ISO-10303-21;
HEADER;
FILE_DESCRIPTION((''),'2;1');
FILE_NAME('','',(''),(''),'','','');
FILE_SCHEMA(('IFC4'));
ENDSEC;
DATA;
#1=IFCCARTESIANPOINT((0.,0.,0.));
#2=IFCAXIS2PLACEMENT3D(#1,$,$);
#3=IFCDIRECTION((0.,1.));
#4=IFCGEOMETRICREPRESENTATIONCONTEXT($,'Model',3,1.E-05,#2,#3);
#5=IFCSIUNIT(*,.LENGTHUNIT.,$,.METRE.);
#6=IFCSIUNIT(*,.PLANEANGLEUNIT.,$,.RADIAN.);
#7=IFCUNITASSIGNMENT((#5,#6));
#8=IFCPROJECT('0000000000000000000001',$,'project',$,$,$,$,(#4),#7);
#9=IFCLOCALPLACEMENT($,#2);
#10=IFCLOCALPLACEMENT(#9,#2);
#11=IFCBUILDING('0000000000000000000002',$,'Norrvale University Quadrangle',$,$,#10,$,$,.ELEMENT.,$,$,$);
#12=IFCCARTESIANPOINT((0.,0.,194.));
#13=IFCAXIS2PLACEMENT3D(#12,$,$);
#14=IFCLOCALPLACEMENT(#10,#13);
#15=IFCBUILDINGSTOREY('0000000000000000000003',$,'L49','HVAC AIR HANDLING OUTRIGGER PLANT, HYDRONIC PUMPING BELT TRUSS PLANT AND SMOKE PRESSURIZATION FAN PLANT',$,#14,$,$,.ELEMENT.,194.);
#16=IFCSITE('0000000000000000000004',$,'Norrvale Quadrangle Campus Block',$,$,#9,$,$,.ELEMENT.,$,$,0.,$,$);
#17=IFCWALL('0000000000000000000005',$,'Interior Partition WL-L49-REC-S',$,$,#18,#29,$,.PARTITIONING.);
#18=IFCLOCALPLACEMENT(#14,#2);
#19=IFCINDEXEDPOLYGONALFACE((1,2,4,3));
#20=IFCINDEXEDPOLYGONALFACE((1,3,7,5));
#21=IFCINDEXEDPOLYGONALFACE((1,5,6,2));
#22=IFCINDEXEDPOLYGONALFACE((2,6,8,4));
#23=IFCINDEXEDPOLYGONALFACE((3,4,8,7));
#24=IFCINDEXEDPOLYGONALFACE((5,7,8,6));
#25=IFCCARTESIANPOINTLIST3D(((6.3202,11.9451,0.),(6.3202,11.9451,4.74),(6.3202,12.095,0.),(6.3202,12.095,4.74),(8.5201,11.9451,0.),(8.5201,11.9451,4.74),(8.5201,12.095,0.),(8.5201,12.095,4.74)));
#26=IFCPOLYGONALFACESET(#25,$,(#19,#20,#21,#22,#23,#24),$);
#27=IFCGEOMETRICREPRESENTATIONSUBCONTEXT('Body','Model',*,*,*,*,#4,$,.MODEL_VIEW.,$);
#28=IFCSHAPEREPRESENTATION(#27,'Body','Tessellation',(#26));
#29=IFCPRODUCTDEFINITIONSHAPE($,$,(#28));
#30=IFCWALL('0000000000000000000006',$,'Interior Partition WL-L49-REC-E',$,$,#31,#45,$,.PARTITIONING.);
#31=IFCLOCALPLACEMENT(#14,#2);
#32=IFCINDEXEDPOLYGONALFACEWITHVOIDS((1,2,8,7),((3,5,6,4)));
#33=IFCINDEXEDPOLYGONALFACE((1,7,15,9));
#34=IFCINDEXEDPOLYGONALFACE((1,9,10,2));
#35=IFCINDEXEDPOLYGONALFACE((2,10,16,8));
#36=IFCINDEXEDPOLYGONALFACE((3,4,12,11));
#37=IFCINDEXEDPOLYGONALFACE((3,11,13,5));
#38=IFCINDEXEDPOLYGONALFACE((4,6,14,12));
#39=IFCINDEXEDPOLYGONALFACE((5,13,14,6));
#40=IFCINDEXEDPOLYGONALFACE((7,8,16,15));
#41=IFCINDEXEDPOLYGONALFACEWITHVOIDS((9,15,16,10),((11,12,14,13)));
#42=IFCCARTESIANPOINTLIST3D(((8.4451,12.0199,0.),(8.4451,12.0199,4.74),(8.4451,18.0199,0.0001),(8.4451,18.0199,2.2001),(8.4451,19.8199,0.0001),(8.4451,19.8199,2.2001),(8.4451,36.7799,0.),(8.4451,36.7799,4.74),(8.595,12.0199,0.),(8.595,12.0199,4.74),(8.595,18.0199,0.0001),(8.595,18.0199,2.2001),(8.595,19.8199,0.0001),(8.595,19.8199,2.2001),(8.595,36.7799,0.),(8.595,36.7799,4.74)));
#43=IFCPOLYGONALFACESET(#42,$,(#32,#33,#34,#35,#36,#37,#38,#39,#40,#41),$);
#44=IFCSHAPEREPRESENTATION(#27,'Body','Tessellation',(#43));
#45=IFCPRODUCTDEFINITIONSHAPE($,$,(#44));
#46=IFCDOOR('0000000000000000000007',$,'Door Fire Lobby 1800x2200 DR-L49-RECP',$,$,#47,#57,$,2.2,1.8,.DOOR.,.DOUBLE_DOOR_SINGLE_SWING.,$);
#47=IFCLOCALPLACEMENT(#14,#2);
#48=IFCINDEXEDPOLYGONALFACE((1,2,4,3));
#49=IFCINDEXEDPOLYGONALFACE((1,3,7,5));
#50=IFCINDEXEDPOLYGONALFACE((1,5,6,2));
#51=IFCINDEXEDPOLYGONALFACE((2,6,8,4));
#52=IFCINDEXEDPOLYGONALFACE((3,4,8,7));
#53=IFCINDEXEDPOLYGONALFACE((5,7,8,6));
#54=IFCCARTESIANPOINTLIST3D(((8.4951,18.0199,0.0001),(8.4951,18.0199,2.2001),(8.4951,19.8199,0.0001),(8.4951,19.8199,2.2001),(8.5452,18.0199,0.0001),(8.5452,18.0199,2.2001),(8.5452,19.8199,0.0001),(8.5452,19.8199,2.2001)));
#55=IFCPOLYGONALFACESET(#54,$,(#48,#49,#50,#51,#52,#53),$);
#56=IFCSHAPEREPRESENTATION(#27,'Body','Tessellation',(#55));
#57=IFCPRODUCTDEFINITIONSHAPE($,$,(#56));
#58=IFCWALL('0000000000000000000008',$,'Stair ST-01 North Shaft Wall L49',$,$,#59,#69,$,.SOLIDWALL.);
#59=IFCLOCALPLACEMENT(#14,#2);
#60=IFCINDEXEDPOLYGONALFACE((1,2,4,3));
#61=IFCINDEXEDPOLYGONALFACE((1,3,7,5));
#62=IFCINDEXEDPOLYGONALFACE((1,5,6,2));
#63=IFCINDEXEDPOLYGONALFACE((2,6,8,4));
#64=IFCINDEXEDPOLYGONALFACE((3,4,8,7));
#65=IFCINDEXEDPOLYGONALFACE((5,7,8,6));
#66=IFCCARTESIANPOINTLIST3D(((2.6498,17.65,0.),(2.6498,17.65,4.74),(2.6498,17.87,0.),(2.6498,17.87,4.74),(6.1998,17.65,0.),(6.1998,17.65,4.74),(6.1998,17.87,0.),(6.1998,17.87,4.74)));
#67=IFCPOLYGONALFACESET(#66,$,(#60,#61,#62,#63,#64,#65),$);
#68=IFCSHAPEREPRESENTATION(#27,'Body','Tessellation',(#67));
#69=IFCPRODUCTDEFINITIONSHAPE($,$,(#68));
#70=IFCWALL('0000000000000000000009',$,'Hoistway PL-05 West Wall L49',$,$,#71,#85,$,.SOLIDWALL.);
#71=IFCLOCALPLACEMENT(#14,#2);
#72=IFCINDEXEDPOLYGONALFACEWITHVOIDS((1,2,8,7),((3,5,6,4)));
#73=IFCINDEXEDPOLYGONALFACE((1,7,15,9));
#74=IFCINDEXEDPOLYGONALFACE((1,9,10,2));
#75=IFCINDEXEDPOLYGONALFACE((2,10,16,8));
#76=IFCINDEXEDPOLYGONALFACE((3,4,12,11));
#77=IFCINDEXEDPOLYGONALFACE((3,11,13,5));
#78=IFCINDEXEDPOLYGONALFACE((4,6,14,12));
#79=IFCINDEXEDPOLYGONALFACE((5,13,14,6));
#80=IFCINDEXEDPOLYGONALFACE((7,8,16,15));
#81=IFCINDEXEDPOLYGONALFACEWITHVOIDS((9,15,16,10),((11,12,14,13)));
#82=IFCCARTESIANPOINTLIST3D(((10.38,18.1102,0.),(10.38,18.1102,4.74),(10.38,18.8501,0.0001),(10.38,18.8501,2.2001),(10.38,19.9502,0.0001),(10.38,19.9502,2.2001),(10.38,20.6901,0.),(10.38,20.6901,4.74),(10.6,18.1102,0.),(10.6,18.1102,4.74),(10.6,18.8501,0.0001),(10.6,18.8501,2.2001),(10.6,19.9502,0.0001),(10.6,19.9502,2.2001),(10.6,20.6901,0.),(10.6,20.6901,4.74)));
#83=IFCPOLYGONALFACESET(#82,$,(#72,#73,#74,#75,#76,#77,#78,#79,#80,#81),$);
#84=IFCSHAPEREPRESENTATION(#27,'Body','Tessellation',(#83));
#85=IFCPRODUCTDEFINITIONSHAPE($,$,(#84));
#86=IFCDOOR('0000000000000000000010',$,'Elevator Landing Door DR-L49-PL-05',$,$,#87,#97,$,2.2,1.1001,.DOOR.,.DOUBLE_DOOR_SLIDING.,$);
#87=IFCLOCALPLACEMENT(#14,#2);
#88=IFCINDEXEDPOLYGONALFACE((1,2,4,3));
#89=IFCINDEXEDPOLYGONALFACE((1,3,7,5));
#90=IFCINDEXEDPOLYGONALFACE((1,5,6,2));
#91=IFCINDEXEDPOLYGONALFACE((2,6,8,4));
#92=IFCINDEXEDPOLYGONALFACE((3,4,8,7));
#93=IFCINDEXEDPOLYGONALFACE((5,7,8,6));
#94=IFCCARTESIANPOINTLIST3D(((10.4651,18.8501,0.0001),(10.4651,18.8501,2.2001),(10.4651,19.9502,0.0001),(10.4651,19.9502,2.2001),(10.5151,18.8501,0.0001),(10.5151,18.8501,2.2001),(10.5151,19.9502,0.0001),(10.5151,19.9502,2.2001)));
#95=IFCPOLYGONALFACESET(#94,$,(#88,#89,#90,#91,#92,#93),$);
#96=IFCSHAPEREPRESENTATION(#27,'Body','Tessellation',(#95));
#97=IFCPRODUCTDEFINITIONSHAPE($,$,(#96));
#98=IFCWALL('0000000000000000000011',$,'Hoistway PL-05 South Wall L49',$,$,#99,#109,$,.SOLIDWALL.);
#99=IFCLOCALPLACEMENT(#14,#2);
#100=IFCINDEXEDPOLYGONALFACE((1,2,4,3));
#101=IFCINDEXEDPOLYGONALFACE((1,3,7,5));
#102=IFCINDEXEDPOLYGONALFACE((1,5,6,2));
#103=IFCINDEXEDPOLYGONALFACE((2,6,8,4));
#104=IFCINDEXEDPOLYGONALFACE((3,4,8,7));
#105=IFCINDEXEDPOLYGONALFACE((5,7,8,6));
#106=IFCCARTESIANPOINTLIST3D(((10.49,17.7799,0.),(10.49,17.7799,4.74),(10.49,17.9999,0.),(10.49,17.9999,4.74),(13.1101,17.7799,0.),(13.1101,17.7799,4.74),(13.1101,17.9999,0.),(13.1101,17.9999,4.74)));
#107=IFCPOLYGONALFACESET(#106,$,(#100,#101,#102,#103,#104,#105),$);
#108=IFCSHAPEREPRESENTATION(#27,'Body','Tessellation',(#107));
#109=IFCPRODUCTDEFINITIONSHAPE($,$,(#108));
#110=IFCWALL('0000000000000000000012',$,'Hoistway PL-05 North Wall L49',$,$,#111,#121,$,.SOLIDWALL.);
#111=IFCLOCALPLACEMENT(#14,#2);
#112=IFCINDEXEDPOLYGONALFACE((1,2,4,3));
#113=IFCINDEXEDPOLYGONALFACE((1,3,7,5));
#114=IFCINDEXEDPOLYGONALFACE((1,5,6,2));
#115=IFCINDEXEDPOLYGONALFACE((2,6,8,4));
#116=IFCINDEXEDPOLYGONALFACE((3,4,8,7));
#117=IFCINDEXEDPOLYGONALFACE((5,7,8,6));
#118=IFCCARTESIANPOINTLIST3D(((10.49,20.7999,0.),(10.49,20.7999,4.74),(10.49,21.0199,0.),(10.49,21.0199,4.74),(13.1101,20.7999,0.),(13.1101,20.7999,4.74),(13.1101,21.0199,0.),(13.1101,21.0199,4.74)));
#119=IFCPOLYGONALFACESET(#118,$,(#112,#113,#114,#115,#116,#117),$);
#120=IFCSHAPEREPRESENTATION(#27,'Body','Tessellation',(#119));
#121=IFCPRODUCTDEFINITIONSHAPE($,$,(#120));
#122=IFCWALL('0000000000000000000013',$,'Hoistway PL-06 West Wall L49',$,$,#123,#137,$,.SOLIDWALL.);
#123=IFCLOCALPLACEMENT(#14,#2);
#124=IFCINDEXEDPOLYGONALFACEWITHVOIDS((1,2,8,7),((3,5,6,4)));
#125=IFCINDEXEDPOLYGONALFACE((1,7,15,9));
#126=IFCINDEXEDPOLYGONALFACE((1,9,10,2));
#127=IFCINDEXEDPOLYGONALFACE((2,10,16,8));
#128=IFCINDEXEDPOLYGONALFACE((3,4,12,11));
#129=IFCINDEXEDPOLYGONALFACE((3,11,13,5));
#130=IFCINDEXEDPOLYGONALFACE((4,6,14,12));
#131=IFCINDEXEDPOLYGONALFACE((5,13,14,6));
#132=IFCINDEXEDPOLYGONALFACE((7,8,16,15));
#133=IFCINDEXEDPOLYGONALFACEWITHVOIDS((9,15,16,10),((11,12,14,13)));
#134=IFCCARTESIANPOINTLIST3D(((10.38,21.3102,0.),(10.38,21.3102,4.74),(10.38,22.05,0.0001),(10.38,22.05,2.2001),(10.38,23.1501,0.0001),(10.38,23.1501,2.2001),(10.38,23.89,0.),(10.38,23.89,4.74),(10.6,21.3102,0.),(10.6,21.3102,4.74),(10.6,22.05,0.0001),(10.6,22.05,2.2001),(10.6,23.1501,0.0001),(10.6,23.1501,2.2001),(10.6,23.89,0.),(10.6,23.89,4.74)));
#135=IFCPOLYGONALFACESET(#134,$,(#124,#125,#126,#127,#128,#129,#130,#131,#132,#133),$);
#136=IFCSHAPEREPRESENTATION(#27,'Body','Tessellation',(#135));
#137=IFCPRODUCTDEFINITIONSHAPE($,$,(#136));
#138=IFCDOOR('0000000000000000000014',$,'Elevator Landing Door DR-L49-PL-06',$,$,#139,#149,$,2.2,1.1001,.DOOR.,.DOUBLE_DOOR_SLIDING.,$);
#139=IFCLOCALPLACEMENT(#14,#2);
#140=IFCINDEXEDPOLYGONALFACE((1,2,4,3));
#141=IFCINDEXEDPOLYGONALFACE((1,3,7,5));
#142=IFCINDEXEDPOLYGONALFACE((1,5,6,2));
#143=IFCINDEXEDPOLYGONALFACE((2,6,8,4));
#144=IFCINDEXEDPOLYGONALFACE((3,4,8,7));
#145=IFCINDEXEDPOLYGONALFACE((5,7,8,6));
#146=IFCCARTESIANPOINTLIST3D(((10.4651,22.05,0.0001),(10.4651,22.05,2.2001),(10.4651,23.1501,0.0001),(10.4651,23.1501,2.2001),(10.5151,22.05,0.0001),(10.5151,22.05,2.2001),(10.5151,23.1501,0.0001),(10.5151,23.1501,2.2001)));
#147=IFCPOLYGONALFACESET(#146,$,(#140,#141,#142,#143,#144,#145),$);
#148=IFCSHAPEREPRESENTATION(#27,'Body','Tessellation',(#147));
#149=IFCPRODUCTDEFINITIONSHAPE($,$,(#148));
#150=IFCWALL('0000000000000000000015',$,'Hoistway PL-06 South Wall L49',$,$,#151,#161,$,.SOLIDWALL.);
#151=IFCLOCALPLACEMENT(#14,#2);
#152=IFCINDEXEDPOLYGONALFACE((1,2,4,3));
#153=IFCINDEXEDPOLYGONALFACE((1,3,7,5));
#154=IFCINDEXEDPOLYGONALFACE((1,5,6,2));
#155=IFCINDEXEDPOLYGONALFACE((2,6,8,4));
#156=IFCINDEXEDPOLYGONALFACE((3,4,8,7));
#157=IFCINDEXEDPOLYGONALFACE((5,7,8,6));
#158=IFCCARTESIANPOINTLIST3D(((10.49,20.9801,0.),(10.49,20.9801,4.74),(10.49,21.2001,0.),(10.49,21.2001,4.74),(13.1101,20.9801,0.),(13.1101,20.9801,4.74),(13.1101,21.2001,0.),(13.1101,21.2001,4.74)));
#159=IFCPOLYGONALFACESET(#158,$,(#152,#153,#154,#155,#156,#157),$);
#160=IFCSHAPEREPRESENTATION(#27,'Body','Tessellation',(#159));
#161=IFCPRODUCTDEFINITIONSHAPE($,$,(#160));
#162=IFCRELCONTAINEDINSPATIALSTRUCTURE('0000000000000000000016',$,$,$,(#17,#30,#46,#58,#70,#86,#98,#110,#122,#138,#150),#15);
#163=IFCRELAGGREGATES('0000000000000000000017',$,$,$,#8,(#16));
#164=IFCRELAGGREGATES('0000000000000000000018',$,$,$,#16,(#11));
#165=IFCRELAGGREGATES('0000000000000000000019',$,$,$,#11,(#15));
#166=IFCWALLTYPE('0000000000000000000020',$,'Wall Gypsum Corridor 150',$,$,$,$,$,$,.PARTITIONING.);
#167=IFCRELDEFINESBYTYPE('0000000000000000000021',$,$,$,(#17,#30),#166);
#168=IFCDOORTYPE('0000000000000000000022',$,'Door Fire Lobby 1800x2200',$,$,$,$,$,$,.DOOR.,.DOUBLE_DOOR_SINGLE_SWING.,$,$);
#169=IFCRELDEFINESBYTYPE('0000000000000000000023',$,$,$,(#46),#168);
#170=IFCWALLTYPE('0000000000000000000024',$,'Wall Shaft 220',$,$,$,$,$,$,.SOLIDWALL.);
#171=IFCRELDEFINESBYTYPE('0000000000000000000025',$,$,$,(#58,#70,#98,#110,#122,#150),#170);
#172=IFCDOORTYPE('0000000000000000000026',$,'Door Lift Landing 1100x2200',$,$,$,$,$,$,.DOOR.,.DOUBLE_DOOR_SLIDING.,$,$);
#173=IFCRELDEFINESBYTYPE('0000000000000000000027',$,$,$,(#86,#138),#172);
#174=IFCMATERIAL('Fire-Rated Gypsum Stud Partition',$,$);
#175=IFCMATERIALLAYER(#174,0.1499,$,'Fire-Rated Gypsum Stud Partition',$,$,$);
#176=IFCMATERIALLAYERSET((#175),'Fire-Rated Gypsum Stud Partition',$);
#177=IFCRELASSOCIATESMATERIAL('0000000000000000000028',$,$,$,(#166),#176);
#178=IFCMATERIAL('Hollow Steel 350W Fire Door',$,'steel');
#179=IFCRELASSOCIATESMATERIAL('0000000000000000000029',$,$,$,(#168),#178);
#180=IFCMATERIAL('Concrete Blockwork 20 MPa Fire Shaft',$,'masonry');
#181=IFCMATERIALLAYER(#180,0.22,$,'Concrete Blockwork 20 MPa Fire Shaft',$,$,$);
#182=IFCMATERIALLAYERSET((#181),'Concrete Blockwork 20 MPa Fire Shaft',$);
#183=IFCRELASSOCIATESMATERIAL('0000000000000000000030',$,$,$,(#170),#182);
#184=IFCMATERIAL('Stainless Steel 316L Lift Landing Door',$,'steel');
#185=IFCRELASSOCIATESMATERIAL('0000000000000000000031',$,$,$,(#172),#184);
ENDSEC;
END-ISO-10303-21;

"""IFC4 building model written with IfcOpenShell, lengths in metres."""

from ifc_helpers import new_model, si_unit, direction, frame, frame_2d, origin, place, context, subcontext, project, spatial, rectangle, extrude, material, layer, layer_set, type_object, element, fill, save


model = new_model("IFC4")

# Units and contexts
model_context = context("Model", 3, precision=1e-05, world=origin(), true_north=direction((0.0, 1.0)))
body_context = subcontext(model_context, "Body", "Model", "MODEL_VIEW")
ifc_project = project(units=[si_unit("LENGTHUNIT", "METRE"), si_unit("PLANEANGLEUNIT", "RADIAN")], contexts=[model_context])

# Site, building, storey
site_placement = place(None, origin())
site = spatial("IfcSite", under=ifc_project, at=site_placement, Name="Norrvale Quadrangle Campus Block", CompositionType="ELEMENT", RefElevation=0.0)
building_placement = place(site_placement, origin())
building = spatial("IfcBuilding", under=site, at=building_placement, Name="Norrvale University Quadrangle", CompositionType="ELEMENT")
storey_placement = place(building_placement, frame((0.0, 0.0, 194.0)))
storey = spatial("IfcBuildingStorey", under=building, at=storey_placement, Name="L49", Description="HVAC AIR HANDLING OUTRIGGER PLANT, HYDRONIC PUMPING BELT TRUSS PLANT AND SMOKE PRESSURIZATION FAN PLANT", CompositionType="ELEMENT", Elevation=194.0)

# Shared definitions
ifc_material_1 = material(Name="Fire-Rated Gypsum Stud Partition")
ifc_layer_1 = layer(ifc_material_1, 0.1499, Name="Fire-Rated Gypsum Stud Partition")
ifc_layer_set_1 = layer_set([ifc_layer_1], Name="Fire-Rated Gypsum Stud Partition")
wall_type_1 = type_object("IfcWallType", Name="Wall Gypsum Corridor 150", PredefinedType="PARTITIONING", material=ifc_layer_set_1)

# Wall
wall_1_placement = place(storey_placement, frame((6.3201, 12.02, 0.0), z_axis=(0.0, 0.0, 1.0), x_axis=(1.0, 0.0, 0.0)))
element("IfcWall", 1, at=wall_1_placement, inside=storey, type_object=wall_type_1, Name="Interior Partition WL-L49-REC-S", PredefinedType="PARTITIONING", context=body_context, shape_type="SweptSolid", body=[
    extrude(rectangle(XDim=2.2, YDim=0.1499, at=frame_2d((1.1001, 0.0))), origin(), (0.0, 0.0, 1.0), 4.74),
])

# Wall, opening, door
wall_2_placement = place(storey_placement, frame((8.52, 12.02, 0.0), z_axis=(0.0, 0.0, 1.0), x_axis=(0.0, 1.0, 0.0)))
wall_2 = element("IfcWall", 2, at=wall_2_placement, inside=storey, type_object=wall_type_1, Name="Interior Partition WL-L49-REC-E", PredefinedType="PARTITIONING", context=body_context, shape_type="SweptSolid", body=[
    extrude(rectangle(XDim=24.76, YDim=0.1499, at=frame_2d((12.3799, 0.0))), origin(), (0.0, 0.0, 1.0), 4.74),
])
opening_1_placement = place(wall_2_placement, frame((6.0, 0.0, 0.0)))
opening_1 = element("IfcOpeningElement", 3, at=opening_1_placement, cuts=wall_2, PredefinedType="OPENING", context=body_context, shape_type="SweptSolid", body=[
    extrude(rectangle(XDim=1.8, YDim=2.2, at=frame_2d((0.8999, 1.1001))), frame((0.0, 0.0869, 0.0), z_axis=(0.0, -1.0, 0.0), x_axis=(1.0, 0.0, 0.0)), (0.0, 0.0, 1.0), 0.1738),
])
ifc_material_2 = material(Name="Hollow Steel 350W Fire Door", Category="steel")
door_type_1 = type_object("IfcDoorType", Name="Door Fire Lobby 1800x2200", OperationType="DOUBLE_DOOR_SINGLE_SWING", PredefinedType="DOOR", material=ifc_material_2)
door_1_placement = place(opening_1_placement, origin())
door_1 = element("IfcDoor", 4, at=door_1_placement, inside=storey, type_object=door_type_1, Name="Door Fire Lobby 1800x2200 DR-L49-RECP", OperationType="DOUBLE_DOOR_SINGLE_SWING", OverallHeight=2.2, OverallWidth=1.8, PredefinedType="DOOR", context=body_context, shape_type="SweptSolid", body=[
    extrude(rectangle(XDim=1.8, YDim=2.2, at=frame_2d((0.8999, 1.1001))), frame((0.0, 0.0249, 0.0), z_axis=(0.0, -1.0, 0.0), x_axis=(1.0, 0.0, 0.0)), (0.0, 0.0, 1.0), 0.05),
])
fill(opening_1, door_1)

# Wall
ifc_material_3 = material(Name="Concrete Blockwork 20 MPa Fire Shaft", Category="masonry")
ifc_layer_2 = layer(ifc_material_3, 0.22, Name="Concrete Blockwork 20 MPa Fire Shaft")
ifc_layer_set_2 = layer_set([ifc_layer_2], Name="Concrete Blockwork 20 MPa Fire Shaft")
wall_type_2 = type_object("IfcWallType", Name="Wall Shaft 220", PredefinedType="SOLIDWALL", material=ifc_layer_set_2)
wall_3_placement = place(storey_placement, frame((2.6499, 17.76, 0.0), z_axis=(0.0, 0.0, 1.0), x_axis=(1.0, 0.0, 0.0)))
element("IfcWall", 5, at=wall_3_placement, inside=storey, type_object=wall_type_2, Name="Stair ST-01 North Shaft Wall L49", PredefinedType="SOLIDWALL", context=body_context, shape_type="SweptSolid", body=[
    extrude(rectangle(XDim=3.55, YDim=0.22, at=frame_2d((1.7749, 0.0))), origin(), (0.0, 0.0, 1.0), 4.74),
])

# Wall, opening, door
wall_4_placement = place(storey_placement, frame((10.49, 18.1101, 0.0), z_axis=(0.0, 0.0, 1.0), x_axis=(0.0, 1.0, 0.0)))
wall_4 = element("IfcWall", 6, at=wall_4_placement, inside=storey, type_object=wall_type_2, Name="Hoistway PL-05 West Wall L49", PredefinedType="SOLIDWALL", context=body_context, shape_type="SweptSolid", body=[
    extrude(rectangle(XDim=2.5798, YDim=0.22, at=frame_2d((1.29, 0.0))), origin(), (0.0, 0.0, 1.0), 4.74),
])
opening_2_placement = place(wall_4_placement, frame((0.74, 0.0, 0.0)))
opening_2 = element("IfcOpeningElement", 7, at=opening_2_placement, cuts=wall_4, PredefinedType="OPENING", context=body_context, shape_type="SweptSolid", body=[
    extrude(rectangle(XDim=1.1001, YDim=2.2, at=frame_2d((0.55, 1.1001))), frame((0.0, 0.1221, 0.0), z_axis=(0.0, -1.0, 0.0), x_axis=(1.0, 0.0, 0.0)), (0.0, 0.0, 1.0), 0.2439),
])
ifc_material_4 = material(Name="Stainless Steel 316L Lift Landing Door", Category="steel")
door_type_2 = type_object("IfcDoorType", Name="Door Lift Landing 1100x2200", OperationType="DOUBLE_DOOR_SLIDING", PredefinedType="DOOR", material=ifc_material_4)
door_2_placement = place(opening_2_placement, origin())
door_2 = element("IfcDoor", 8, at=door_2_placement, inside=storey, type_object=door_type_2, Name="Elevator Landing Door DR-L49-PL-05", OperationType="DOUBLE_DOOR_SLIDING", OverallHeight=2.2, OverallWidth=1.1001, PredefinedType="DOOR", context=body_context, shape_type="SweptSolid", body=[
    extrude(rectangle(XDim=1.1001, YDim=2.2, at=frame_2d((0.55, 1.1001))), frame((0.0, 0.0249, 0.0), z_axis=(0.0, -1.0, 0.0), x_axis=(1.0, 0.0, 0.0)), (0.0, 0.0, 1.0), 0.05),
])
fill(opening_2, door_2)

# Walls
for number, where, z_axis, x_axis, name in (
    (9, (10.49, 17.8899, 0.0), (0.0, 0.0, 1.0), (1.0, 0.0, 0.0), "Hoistway PL-05 South Wall L49"),
    (10, (10.49, 20.9099, 0.0), (0.0, 0.0, 1.0), (1.0, 0.0, 0.0), "Hoistway PL-05 North Wall L49"),
):
    element("IfcWall", number, at=place(storey_placement, frame(where, z_axis=z_axis, x_axis=x_axis)), inside=storey, type_object=wall_type_2, Name=name, PredefinedType="SOLIDWALL", context=body_context, shape_type="SweptSolid", body=[
        extrude(rectangle(XDim=2.6201, YDim=0.22, at=frame_2d((1.3101, 0.0))), origin(), (0.0, 0.0, 1.0), 4.74),
    ])

# Wall, opening, door
wall_5_placement = place(storey_placement, frame((10.49, 21.3101, 0.0), z_axis=(0.0, 0.0, 1.0), x_axis=(0.0, 1.0, 0.0)))
wall_5 = element("IfcWall", 11, at=wall_5_placement, inside=storey, type_object=wall_type_2, Name="Hoistway PL-06 West Wall L49", PredefinedType="SOLIDWALL", context=body_context, shape_type="SweptSolid", body=[
    extrude(rectangle(XDim=2.5798, YDim=0.22, at=frame_2d((1.29, 0.0))), origin(), (0.0, 0.0, 1.0), 4.74),
])
opening_3_placement = place(wall_5_placement, frame((0.74, 0.0, 0.0)))
opening_3 = element("IfcOpeningElement", 12, at=opening_3_placement, cuts=wall_5, PredefinedType="OPENING", context=body_context, shape_type="SweptSolid", body=[
    extrude(rectangle(XDim=1.1001, YDim=2.2, at=frame_2d((0.55, 1.1001))), frame((0.0, 0.1221, 0.0), z_axis=(0.0, -1.0, 0.0), x_axis=(1.0, 0.0, 0.0)), (0.0, 0.0, 1.0), 0.2439),
])
door_3_placement = place(opening_3_placement, origin())
door_3 = element("IfcDoor", 13, at=door_3_placement, inside=storey, type_object=door_type_2, Name="Elevator Landing Door DR-L49-PL-06", OperationType="DOUBLE_DOOR_SLIDING", OverallHeight=2.2, OverallWidth=1.1001, PredefinedType="DOOR", context=body_context, shape_type="SweptSolid", body=[
    extrude(rectangle(XDim=1.1001, YDim=2.2, at=frame_2d((0.55, 1.1001))), frame((0.0, 0.0249, 0.0), z_axis=(0.0, -1.0, 0.0), x_axis=(1.0, 0.0, 0.0)), (0.0, 0.0, 1.0), 0.05),
])
fill(opening_3, door_3)

# Wall
wall_6_placement = place(storey_placement, frame((10.49, 21.0901, 0.0), z_axis=(0.0, 0.0, 1.0), x_axis=(1.0, 0.0, 0.0)))
element("IfcWall", 14, at=wall_6_placement, inside=storey, type_object=wall_type_2, Name="Hoistway PL-06 South Wall L49", PredefinedType="SOLIDWALL", context=body_context, shape_type="SweptSolid", body=[
    extrude(rectangle(XDim=2.6201, YDim=0.22, at=frame_2d((1.3101, 0.0))), origin(), (0.0, 0.0, 1.0), 4.74),
])

save(model, "model.ifc")
